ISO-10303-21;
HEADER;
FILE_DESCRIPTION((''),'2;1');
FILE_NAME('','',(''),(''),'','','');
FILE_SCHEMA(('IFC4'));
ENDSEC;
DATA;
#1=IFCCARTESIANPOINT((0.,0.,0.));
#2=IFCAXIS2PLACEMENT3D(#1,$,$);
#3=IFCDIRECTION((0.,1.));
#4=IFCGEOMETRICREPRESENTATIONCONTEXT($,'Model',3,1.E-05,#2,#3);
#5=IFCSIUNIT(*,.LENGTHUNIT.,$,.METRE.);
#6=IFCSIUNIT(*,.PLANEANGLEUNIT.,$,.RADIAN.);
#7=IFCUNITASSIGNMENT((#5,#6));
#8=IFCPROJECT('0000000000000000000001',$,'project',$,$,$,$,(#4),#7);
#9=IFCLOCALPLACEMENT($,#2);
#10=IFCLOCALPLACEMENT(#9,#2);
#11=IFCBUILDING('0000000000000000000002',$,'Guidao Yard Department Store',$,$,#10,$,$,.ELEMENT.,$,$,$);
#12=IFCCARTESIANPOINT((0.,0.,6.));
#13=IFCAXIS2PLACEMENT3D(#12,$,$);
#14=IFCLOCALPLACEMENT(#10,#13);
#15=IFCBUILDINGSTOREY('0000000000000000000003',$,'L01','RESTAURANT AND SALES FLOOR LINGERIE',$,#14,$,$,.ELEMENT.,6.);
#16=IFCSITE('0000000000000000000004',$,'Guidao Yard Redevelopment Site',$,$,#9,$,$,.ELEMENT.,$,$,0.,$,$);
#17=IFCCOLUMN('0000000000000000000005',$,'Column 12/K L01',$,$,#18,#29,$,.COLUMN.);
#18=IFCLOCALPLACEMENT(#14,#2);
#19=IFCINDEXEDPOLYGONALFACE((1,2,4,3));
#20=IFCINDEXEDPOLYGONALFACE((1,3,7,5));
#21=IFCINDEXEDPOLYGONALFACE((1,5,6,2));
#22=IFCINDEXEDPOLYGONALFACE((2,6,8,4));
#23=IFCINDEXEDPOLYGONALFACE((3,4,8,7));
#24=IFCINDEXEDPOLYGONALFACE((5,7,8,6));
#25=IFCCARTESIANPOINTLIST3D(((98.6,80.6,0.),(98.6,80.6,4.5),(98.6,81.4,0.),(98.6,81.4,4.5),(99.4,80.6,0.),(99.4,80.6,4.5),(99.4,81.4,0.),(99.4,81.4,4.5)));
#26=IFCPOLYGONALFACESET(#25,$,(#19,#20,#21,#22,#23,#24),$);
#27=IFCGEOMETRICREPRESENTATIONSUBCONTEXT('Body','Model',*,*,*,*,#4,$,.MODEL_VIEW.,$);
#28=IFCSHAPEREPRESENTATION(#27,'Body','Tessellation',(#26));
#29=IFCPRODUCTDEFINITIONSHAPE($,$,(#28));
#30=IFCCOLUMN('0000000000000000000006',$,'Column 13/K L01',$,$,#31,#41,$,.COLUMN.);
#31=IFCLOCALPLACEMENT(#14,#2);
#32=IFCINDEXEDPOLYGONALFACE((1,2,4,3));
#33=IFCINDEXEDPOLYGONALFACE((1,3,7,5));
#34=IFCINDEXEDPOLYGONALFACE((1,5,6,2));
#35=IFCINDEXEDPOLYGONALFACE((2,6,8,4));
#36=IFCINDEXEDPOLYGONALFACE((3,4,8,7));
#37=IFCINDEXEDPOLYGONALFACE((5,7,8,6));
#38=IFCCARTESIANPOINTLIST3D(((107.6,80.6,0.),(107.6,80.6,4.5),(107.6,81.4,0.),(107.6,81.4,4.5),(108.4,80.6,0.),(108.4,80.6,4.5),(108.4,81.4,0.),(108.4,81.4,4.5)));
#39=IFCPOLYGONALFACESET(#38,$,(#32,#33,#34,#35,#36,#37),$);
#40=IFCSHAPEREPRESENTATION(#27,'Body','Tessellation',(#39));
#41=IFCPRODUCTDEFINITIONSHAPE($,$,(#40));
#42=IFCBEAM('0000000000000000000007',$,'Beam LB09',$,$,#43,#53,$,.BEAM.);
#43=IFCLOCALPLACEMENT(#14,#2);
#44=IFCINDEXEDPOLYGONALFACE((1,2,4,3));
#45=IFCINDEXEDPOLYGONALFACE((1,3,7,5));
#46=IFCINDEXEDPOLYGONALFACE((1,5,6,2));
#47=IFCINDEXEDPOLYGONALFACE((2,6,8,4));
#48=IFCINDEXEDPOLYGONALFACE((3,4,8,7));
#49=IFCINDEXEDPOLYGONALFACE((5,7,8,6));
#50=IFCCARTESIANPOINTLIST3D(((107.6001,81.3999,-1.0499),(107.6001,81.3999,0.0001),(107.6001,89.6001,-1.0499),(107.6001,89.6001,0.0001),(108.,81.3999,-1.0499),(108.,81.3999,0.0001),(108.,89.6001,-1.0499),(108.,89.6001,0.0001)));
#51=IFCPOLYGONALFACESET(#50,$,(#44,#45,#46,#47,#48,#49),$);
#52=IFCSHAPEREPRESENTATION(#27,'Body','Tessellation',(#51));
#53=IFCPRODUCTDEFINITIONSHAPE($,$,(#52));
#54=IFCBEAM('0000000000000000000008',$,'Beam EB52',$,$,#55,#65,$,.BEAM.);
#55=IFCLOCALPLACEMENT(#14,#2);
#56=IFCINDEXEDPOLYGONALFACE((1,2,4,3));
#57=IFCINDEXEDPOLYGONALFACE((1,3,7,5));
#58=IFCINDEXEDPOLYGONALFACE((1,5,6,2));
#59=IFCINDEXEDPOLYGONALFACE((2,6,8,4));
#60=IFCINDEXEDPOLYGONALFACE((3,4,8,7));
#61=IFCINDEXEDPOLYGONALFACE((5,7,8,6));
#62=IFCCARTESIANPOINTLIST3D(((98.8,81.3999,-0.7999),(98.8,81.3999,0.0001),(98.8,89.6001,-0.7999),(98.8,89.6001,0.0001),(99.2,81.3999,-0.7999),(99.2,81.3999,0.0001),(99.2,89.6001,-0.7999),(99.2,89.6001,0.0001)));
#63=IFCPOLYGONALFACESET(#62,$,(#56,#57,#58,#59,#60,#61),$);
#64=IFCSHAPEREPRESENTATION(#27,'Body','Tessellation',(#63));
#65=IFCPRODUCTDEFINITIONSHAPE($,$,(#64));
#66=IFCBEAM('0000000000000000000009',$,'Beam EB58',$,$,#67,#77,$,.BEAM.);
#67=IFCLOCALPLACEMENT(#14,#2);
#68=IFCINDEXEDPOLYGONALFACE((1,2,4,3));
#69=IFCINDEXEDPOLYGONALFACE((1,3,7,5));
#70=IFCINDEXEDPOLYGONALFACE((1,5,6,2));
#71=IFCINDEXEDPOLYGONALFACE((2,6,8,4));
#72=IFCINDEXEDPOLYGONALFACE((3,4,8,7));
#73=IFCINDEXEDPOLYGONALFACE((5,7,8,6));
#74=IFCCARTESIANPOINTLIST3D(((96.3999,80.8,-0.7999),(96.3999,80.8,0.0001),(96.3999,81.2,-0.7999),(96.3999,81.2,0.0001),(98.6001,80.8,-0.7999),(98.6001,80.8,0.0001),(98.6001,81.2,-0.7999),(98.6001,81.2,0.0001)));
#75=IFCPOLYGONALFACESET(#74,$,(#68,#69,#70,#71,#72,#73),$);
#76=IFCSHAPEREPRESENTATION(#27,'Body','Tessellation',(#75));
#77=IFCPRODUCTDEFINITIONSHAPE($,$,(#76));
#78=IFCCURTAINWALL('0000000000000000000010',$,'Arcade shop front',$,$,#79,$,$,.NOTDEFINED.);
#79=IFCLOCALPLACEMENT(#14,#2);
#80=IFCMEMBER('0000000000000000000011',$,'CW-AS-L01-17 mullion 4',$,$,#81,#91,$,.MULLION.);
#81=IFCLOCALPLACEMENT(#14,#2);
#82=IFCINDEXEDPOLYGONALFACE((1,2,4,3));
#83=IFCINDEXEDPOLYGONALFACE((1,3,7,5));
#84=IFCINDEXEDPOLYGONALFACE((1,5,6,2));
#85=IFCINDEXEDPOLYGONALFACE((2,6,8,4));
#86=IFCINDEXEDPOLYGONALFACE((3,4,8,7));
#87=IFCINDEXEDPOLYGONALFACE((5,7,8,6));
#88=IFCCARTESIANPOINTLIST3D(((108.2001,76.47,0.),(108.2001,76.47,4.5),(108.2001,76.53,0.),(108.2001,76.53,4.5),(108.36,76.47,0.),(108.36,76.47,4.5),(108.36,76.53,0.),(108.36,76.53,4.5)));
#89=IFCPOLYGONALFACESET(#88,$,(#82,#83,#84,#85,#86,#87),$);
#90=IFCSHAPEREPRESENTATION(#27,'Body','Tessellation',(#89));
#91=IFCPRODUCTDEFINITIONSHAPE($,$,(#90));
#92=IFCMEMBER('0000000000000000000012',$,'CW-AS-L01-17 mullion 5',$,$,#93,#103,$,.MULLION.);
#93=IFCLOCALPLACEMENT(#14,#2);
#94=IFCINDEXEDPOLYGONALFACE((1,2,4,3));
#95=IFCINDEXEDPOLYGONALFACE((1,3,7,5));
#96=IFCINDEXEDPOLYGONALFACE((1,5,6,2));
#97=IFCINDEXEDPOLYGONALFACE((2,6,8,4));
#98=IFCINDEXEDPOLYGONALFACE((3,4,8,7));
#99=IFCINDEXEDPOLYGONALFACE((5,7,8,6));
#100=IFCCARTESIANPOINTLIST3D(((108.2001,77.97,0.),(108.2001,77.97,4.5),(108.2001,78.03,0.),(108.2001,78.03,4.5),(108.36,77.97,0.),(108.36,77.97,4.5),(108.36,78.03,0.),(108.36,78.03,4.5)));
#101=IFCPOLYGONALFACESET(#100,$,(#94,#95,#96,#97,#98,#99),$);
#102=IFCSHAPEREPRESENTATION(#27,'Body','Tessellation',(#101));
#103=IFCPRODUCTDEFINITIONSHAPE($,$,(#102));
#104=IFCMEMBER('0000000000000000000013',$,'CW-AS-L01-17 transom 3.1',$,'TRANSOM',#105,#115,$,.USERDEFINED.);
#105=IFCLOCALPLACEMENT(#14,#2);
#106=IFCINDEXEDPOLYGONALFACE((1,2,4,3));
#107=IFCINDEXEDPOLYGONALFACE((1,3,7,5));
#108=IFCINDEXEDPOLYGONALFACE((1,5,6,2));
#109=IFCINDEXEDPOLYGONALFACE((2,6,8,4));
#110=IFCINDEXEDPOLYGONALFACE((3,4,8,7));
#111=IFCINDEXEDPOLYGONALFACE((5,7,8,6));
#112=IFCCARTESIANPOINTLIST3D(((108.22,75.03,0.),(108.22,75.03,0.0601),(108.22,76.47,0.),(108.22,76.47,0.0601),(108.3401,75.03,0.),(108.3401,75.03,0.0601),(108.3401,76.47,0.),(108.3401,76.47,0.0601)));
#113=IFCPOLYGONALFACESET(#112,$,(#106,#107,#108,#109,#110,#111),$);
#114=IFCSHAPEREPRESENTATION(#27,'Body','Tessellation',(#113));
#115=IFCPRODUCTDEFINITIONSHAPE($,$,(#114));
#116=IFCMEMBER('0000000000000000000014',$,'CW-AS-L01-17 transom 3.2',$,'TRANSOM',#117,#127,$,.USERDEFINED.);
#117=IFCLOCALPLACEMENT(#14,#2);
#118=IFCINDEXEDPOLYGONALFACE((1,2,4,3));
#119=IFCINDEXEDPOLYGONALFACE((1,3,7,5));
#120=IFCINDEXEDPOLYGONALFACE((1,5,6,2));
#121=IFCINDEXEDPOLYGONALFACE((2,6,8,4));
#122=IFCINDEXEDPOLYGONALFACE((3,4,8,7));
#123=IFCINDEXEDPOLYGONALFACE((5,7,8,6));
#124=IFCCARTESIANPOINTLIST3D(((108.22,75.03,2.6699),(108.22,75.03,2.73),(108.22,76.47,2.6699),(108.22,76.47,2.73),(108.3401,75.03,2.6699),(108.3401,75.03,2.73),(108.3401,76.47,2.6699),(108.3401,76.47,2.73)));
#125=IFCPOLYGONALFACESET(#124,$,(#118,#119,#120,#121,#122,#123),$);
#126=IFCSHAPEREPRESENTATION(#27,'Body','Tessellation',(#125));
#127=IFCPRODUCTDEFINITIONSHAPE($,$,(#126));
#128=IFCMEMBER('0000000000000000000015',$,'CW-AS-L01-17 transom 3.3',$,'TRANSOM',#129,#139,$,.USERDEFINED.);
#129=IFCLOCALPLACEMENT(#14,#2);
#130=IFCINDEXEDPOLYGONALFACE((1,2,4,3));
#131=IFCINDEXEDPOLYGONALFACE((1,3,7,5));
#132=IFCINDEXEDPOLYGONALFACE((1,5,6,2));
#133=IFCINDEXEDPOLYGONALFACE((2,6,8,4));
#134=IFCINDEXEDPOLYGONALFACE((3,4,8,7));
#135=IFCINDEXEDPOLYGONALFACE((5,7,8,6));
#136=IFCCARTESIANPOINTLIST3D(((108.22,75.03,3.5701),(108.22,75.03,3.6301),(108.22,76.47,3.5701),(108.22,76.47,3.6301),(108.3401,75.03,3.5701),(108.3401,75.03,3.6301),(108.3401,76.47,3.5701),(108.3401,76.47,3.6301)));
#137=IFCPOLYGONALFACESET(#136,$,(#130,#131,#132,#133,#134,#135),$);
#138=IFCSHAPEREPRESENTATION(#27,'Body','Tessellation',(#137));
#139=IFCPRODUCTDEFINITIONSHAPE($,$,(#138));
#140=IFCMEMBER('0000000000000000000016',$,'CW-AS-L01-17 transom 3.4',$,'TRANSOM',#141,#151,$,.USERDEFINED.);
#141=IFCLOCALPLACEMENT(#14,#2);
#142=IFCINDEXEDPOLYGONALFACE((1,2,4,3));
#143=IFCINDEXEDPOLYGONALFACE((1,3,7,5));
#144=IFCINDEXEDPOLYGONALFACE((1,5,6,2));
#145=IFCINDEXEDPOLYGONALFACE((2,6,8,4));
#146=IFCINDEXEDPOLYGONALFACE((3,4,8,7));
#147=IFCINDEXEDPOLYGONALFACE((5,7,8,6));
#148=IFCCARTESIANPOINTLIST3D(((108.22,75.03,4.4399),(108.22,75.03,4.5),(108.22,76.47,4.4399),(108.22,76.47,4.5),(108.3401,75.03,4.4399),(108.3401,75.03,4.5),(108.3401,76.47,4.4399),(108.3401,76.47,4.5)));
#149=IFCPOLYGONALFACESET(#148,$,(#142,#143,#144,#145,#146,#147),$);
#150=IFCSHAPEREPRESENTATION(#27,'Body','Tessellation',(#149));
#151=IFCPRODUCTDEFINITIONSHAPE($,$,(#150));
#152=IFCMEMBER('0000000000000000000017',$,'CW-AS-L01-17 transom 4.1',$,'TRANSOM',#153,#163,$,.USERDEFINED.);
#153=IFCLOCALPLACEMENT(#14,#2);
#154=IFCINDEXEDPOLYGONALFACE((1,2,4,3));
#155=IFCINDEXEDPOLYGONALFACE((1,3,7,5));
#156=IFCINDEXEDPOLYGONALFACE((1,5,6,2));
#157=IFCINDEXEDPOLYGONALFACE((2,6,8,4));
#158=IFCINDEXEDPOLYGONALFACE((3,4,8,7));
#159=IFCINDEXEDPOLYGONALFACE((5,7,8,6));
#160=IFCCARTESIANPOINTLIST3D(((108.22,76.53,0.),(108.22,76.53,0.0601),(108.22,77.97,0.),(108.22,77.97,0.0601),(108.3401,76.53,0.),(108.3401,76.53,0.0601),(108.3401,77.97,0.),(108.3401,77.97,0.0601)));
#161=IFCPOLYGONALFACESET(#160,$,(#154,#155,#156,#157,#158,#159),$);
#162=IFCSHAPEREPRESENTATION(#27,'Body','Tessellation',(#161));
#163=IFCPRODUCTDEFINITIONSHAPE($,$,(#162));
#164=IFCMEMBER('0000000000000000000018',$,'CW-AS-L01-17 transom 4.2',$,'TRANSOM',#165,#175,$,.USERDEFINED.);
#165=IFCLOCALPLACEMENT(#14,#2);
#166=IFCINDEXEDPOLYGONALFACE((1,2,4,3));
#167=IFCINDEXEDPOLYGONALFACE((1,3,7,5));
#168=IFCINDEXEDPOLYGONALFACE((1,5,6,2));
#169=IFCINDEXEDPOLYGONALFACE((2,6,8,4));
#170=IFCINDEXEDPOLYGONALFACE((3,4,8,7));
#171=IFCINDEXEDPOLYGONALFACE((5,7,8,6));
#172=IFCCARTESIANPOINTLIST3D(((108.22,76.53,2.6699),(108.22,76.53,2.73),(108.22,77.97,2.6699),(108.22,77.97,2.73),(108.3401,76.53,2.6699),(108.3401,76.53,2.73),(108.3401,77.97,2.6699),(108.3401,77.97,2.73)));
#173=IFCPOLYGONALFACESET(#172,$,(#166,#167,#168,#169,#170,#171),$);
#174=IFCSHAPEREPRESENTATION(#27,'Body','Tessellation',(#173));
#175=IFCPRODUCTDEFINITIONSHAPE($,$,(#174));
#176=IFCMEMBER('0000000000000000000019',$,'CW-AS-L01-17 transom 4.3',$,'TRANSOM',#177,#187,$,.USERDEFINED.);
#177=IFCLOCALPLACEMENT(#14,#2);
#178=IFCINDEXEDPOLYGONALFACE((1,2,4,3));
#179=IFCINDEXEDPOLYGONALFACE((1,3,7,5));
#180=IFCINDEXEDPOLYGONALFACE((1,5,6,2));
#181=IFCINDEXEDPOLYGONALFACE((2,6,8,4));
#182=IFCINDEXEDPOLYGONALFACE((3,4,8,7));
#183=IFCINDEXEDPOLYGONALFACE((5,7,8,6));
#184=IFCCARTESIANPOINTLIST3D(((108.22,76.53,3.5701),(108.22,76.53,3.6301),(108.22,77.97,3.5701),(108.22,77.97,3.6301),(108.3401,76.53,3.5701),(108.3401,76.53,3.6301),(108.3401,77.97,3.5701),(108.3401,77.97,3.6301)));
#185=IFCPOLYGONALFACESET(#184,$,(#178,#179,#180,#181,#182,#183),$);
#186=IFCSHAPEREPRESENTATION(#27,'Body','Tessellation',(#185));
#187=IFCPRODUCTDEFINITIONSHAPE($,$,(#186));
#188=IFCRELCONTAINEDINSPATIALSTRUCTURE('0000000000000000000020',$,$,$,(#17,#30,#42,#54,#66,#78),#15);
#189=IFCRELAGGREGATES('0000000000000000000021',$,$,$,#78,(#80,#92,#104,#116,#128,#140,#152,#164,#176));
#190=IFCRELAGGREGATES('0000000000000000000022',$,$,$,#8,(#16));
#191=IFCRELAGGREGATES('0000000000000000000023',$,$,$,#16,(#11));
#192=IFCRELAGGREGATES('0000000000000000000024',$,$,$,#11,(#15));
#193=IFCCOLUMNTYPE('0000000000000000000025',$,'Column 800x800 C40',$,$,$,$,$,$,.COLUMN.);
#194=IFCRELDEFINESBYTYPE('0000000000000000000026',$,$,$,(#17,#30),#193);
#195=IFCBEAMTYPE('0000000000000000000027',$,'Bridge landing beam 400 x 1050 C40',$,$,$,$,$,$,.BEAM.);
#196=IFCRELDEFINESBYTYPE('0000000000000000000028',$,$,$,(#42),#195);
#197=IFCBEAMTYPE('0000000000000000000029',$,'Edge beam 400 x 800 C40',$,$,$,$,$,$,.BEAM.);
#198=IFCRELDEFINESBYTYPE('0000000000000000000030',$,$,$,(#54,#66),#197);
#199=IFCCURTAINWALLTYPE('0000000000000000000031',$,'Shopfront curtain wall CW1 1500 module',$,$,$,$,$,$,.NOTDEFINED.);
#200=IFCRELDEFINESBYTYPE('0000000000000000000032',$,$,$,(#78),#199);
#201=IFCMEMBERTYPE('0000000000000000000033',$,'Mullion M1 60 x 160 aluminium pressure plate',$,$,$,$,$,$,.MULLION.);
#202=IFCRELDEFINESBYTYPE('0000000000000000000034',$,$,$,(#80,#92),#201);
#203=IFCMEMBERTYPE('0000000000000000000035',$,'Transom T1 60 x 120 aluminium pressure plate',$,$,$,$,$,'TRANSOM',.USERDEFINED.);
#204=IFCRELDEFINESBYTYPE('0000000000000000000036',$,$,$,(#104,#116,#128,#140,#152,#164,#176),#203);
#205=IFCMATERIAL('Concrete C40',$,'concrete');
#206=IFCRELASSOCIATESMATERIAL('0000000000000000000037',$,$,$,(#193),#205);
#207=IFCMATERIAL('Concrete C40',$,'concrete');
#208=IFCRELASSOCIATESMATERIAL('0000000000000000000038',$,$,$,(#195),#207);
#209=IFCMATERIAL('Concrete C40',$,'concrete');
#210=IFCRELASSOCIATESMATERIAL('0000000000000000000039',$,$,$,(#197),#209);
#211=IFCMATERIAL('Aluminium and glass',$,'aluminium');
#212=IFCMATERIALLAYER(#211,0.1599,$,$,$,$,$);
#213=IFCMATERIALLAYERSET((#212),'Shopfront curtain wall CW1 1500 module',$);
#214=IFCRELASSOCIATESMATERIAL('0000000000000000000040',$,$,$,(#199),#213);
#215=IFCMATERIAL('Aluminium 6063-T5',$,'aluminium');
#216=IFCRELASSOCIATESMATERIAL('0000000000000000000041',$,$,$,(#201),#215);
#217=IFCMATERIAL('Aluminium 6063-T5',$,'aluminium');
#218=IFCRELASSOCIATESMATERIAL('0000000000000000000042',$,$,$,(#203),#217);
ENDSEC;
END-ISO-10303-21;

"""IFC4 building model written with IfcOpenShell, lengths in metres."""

from ifc_helpers import new_model, si_unit, direction, frame, origin, origin_2d, place, context, subcontext, project, spatial, rectangle, extrude, material, layer, layer_set, material_profile, profile_set, type_object, element, aggregate, save


model = new_model("IFC4")

# Units and contexts
model_context = context("Model", 3, precision=1e-05, world=origin(), true_north=direction((0.0, 1.0)))
body_context = subcontext(model_context, "Body", "Model", "MODEL_VIEW")
ifc_project = project(units=[si_unit("LENGTHUNIT", "METRE"), si_unit("PLANEANGLEUNIT", "RADIAN")], contexts=[model_context])

# Site, building, storey
site_placement = place(None, origin())
site = spatial("IfcSite", under=ifc_project, at=site_placement, Name="Guidao Yard Redevelopment Site", CompositionType="ELEMENT", RefElevation=0.0)
building_placement = place(site_placement, origin())
building = spatial("IfcBuilding", under=site, at=building_placement, Name="Guidao Yard Department Store", CompositionType="ELEMENT")
storey_placement = place(building_placement, frame((0.0, 0.0, 6.0)))
storey = spatial("IfcBuildingStorey", under=building, at=storey_placement, Name="L01", Description="RESTAURANT AND SALES FLOOR LINGERIE", CompositionType="ELEMENT", Elevation=6.0)

# Columns
ifc_material_1 = material(Name="Concrete C40", Category="concrete")
ifc_material_profile_1 = material_profile(ifc_material_1, rectangle(XDim=0.8, YDim=0.8, at=origin_2d()), Name="COL 800x800")
ifc_profile_set_1 = profile_set([ifc_material_profile_1], Name="Concrete C40")
column_type = type_object("IfcColumnType", Name="Column 800x800 C40", PredefinedType="COLUMN", material=ifc_profile_set_1)
for number, where, z_axis, x_axis, name in (
    (1, (99.0, 81.0, 0.0), (0.0, 0.0, 1.0), (1.0, 0.0, 0.0), "Column 12/K L01"),
    (2, (108.0, 81.0, 0.0), (0.0, 0.0, 1.0), (1.0, 0.0, 0.0), "Column 13/K L01"),
):
    element("IfcColumn", number, at=place(storey_placement, frame(where, z_axis=z_axis, x_axis=x_axis)), inside=storey, type_object=column_type, Name=name, PredefinedType="COLUMN", context=body_context, shape_type="SweptSolid", body=[
        extrude(rectangle(XDim=0.8, YDim=0.8, at=origin_2d()), origin(), (0.0, 0.0, 1.0), 4.5),
    ])

# Beams
ifc_material_2 = material(Name="Concrete C40", Category="concrete")
ifc_material_profile_2 = material_profile(ifc_material_2, rectangle(XDim=0.3999, YDim=1.05, at=origin_2d()), Name="Bridge landing beam 400 x 1050 C40")
ifc_profile_set_2 = profile_set([ifc_material_profile_2], Name="Concrete C40")
beam_type_1 = type_object("IfcBeamType", Name="Bridge landing beam 400 x 1050 C40", PredefinedType="BEAM", material=ifc_profile_set_2)
beam_1_placement = place(storey_placement, frame((107.8, 81.3999, -0.5249), z_axis=(0.0, 1.0, 0.0), x_axis=(-1.0, 0.0, 0.0)))
element("IfcBeam", 3, at=beam_1_placement, inside=storey, type_object=beam_type_1, Name="Beam LB09", PredefinedType="BEAM", context=body_context, shape_type="SweptSolid", body=[
    extrude(rectangle(XDim=0.3999, YDim=1.05, at=origin_2d()), origin(), (0.0, 0.0, 1.0), 8.2002),
])
ifc_material_3 = material(Name="Concrete C40", Category="concrete")
ifc_material_profile_3 = material_profile(ifc_material_3, rectangle(XDim=0.3999, YDim=0.8, at=origin_2d()), Name="Edge beam 400 x 800 C40")
ifc_profile_set_3 = profile_set([ifc_material_profile_3], Name="Concrete C40")
beam_type_2 = type_object("IfcBeamType", Name="Edge beam 400 x 800 C40", PredefinedType="BEAM", material=ifc_profile_set_3)
beam_2_placement = place(storey_placement, frame((99.0, 81.3999, -0.3999), z_axis=(0.0, 1.0, 0.0), x_axis=(-1.0, 0.0, 0.0)))
element("IfcBeam", 4, at=beam_2_placement, inside=storey, type_object=beam_type_2, Name="Beam EB52", PredefinedType="BEAM", context=body_context, shape_type="SweptSolid", body=[
    extrude(rectangle(XDim=0.3999, YDim=0.8, at=origin_2d()), origin(), (0.0, 0.0, 1.0), 8.2002),
])
beam_3_placement = place(storey_placement, frame((96.3999, 81.0, -0.3999), z_axis=(1.0, 0.0, 0.0), x_axis=(0.0, 1.0, 0.0)))
element("IfcBeam", 5, at=beam_3_placement, inside=storey, type_object=beam_type_2, Name="Beam EB58", PredefinedType="BEAM", context=body_context, shape_type="SweptSolid", body=[
    extrude(rectangle(XDim=0.3999, YDim=0.8, at=origin_2d()), origin(), (0.0, 0.0, 1.0), 2.2002),
])

# Curtain wall, members
ifc_material_4 = material(Name="Aluminium and glass", Category="aluminium")
ifc_layer_1 = layer(ifc_material_4, 0.1599)
ifc_layer_set_1 = layer_set([ifc_layer_1], Name="Shopfront curtain wall CW1 1500 module")
curtain_wall_type = type_object("IfcCurtainWallType", Name="Shopfront curtain wall CW1 1500 module", PredefinedType="NOTDEFINED", material=ifc_layer_set_1)
curtain_wall_placement = place(storey_placement, origin())
curtain_wall = element("IfcCurtainWall", 6, at=curtain_wall_placement, inside=storey, type_object=curtain_wall_type, Name="Arcade shop front", PredefinedType="NOTDEFINED")
ifc_material_5 = material(Name="Aluminium 6063-T5", Category="aluminium")
ifc_material_profile_4 = material_profile(ifc_material_5, rectangle(XDim=0.0601, YDim=0.1599, at=origin_2d()), Name="Mullion M1 60 x 160 aluminium pressure plate")
ifc_profile_set_4 = profile_set([ifc_material_profile_4], Name="Aluminium 6063-T5")
member_type_1 = type_object("IfcMemberType", Name="Mullion M1 60 x 160 aluminium pressure plate", PredefinedType="MULLION", material=ifc_profile_set_4)
member_1_placement = place(storey_placement, frame((108.28, 76.5, 0.0), z_axis=(0.0, 0.0, 1.0), x_axis=(0.0, -1.0, 0.0)))
member_1 = element("IfcMember", 7, at=member_1_placement, type_object=member_type_1, Name="CW-AS-L01-17 mullion 4", PredefinedType="MULLION", context=body_context, shape_type="SweptSolid", body=[
    extrude(rectangle(XDim=0.0601, YDim=0.1599, at=origin_2d()), origin(), (0.0, 0.0, 1.0), 4.5),
])
member_2_placement = place(storey_placement, frame((108.28, 78.0, 0.0), z_axis=(0.0, 0.0, 1.0), x_axis=(0.0, -1.0, 0.0)))
member_2 = element("IfcMember", 8, at=member_2_placement, type_object=member_type_1, Name="CW-AS-L01-17 mullion 5", PredefinedType="MULLION", context=body_context, shape_type="SweptSolid", body=[
    extrude(rectangle(XDim=0.0601, YDim=0.1599, at=origin_2d()), origin(), (0.0, 0.0, 1.0), 4.5),
])
ifc_material_6 = material(Name="Aluminium 6063-T5", Category="aluminium")
ifc_material_profile_5 = material_profile(ifc_material_6, rectangle(XDim=0.1201, YDim=0.0601, at=origin_2d()), Name="Transom T1 60 x 120 aluminium pressure plate")
ifc_profile_set_5 = profile_set([ifc_material_profile_5], Name="Aluminium 6063-T5")
member_type_2 = type_object("IfcMemberType", Name="Transom T1 60 x 120 aluminium pressure plate", ElementType="TRANSOM", PredefinedType="USERDEFINED", material=ifc_profile_set_5)
member_3_placement = place(storey_placement, frame((108.28, 76.47, 0.03), z_axis=(0.0, -1.0, 0.0), x_axis=(1.0, 0.0, 0.0)))
member_3 = element("IfcMember", 9, at=member_3_placement, type_object=member_type_2, Name="CW-AS-L01-17 transom 3.1", ObjectType="TRANSOM", PredefinedType="USERDEFINED", context=body_context, shape_type="SweptSolid", body=[
    extrude(rectangle(XDim=0.1201, YDim=0.0601, at=origin_2d()), origin(), (0.0, 0.0, 1.0), 1.4399),
])
member_4_placement = place(storey_placement, frame((108.28, 76.47, 2.7), z_axis=(0.0, -1.0, 0.0), x_axis=(1.0, 0.0, 0.0)))
member_4 = element("IfcMember", 10, at=member_4_placement, type_object=member_type_2, Name="CW-AS-L01-17 transom 3.2", ObjectType="TRANSOM", PredefinedType="USERDEFINED", context=body_context, shape_type="SweptSolid", body=[
    extrude(rectangle(XDim=0.1201, YDim=0.0601, at=origin_2d()), origin(), (0.0, 0.0, 1.0), 1.4399),
])
member_5_placement = place(storey_placement, frame((108.28, 76.47, 3.6001), z_axis=(0.0, -1.0, 0.0), x_axis=(1.0, 0.0, 0.0)))
member_5 = element("IfcMember", 11, at=member_5_placement, type_object=member_type_2, Name="CW-AS-L01-17 transom 3.3", ObjectType="TRANSOM", PredefinedType="USERDEFINED", context=body_context, shape_type="SweptSolid", body=[
    extrude(rectangle(XDim=0.1201, YDim=0.0601, at=origin_2d()), origin(), (0.0, 0.0, 1.0), 1.4399),
])
member_6_placement = place(storey_placement, frame((108.28, 76.47, 4.47), z_axis=(0.0, -1.0, 0.0), x_axis=(1.0, 0.0, 0.0)))
member_6 = element("IfcMember", 12, at=member_6_placement, type_object=member_type_2, Name="CW-AS-L01-17 transom 3.4", ObjectType="TRANSOM", PredefinedType="USERDEFINED", context=body_context, shape_type="SweptSolid", body=[
    extrude(rectangle(XDim=0.1201, YDim=0.0601, at=origin_2d()), origin(), (0.0, 0.0, 1.0), 1.4399),
])
member_7_placement = place(storey_placement, frame((108.28, 77.97, 0.03), z_axis=(0.0, -1.0, 0.0), x_axis=(1.0, 0.0, 0.0)))
member_7 = element("IfcMember", 13, at=member_7_placement, type_object=member_type_2, Name="CW-AS-L01-17 transom 4.1", ObjectType="TRANSOM", PredefinedType="USERDEFINED", context=body_context, shape_type="SweptSolid", body=[
    extrude(rectangle(XDim=0.1201, YDim=0.0601, at=origin_2d()), origin(), (0.0, 0.0, 1.0), 1.4399),
])
member_8_placement = place(storey_placement, frame((108.28, 77.97, 2.7), z_axis=(0.0, -1.0, 0.0), x_axis=(1.0, 0.0, 0.0)))
member_8 = element("IfcMember", 14, at=member_8_placement, type_object=member_type_2, Name="CW-AS-L01-17 transom 4.2", ObjectType="TRANSOM", PredefinedType="USERDEFINED", context=body_context, shape_type="SweptSolid", body=[
    extrude(rectangle(XDim=0.1201, YDim=0.0601, at=origin_2d()), origin(), (0.0, 0.0, 1.0), 1.4399),
])
member_9_placement = place(storey_placement, frame((108.28, 77.97, 3.6001), z_axis=(0.0, -1.0, 0.0), x_axis=(1.0, 0.0, 0.0)))
member_9 = element("IfcMember", 15, at=member_9_placement, type_object=member_type_2, Name="CW-AS-L01-17 transom 4.3", ObjectType="TRANSOM", PredefinedType="USERDEFINED", context=body_context, shape_type="SweptSolid", body=[
    extrude(rectangle(XDim=0.1201, YDim=0.0601, at=origin_2d()), origin(), (0.0, 0.0, 1.0), 1.4399),
])
aggregate(curtain_wall, [member_1, member_2, member_3, member_4, member_5, member_6, member_7, member_8, member_9])

save(model, "model.ifc")
